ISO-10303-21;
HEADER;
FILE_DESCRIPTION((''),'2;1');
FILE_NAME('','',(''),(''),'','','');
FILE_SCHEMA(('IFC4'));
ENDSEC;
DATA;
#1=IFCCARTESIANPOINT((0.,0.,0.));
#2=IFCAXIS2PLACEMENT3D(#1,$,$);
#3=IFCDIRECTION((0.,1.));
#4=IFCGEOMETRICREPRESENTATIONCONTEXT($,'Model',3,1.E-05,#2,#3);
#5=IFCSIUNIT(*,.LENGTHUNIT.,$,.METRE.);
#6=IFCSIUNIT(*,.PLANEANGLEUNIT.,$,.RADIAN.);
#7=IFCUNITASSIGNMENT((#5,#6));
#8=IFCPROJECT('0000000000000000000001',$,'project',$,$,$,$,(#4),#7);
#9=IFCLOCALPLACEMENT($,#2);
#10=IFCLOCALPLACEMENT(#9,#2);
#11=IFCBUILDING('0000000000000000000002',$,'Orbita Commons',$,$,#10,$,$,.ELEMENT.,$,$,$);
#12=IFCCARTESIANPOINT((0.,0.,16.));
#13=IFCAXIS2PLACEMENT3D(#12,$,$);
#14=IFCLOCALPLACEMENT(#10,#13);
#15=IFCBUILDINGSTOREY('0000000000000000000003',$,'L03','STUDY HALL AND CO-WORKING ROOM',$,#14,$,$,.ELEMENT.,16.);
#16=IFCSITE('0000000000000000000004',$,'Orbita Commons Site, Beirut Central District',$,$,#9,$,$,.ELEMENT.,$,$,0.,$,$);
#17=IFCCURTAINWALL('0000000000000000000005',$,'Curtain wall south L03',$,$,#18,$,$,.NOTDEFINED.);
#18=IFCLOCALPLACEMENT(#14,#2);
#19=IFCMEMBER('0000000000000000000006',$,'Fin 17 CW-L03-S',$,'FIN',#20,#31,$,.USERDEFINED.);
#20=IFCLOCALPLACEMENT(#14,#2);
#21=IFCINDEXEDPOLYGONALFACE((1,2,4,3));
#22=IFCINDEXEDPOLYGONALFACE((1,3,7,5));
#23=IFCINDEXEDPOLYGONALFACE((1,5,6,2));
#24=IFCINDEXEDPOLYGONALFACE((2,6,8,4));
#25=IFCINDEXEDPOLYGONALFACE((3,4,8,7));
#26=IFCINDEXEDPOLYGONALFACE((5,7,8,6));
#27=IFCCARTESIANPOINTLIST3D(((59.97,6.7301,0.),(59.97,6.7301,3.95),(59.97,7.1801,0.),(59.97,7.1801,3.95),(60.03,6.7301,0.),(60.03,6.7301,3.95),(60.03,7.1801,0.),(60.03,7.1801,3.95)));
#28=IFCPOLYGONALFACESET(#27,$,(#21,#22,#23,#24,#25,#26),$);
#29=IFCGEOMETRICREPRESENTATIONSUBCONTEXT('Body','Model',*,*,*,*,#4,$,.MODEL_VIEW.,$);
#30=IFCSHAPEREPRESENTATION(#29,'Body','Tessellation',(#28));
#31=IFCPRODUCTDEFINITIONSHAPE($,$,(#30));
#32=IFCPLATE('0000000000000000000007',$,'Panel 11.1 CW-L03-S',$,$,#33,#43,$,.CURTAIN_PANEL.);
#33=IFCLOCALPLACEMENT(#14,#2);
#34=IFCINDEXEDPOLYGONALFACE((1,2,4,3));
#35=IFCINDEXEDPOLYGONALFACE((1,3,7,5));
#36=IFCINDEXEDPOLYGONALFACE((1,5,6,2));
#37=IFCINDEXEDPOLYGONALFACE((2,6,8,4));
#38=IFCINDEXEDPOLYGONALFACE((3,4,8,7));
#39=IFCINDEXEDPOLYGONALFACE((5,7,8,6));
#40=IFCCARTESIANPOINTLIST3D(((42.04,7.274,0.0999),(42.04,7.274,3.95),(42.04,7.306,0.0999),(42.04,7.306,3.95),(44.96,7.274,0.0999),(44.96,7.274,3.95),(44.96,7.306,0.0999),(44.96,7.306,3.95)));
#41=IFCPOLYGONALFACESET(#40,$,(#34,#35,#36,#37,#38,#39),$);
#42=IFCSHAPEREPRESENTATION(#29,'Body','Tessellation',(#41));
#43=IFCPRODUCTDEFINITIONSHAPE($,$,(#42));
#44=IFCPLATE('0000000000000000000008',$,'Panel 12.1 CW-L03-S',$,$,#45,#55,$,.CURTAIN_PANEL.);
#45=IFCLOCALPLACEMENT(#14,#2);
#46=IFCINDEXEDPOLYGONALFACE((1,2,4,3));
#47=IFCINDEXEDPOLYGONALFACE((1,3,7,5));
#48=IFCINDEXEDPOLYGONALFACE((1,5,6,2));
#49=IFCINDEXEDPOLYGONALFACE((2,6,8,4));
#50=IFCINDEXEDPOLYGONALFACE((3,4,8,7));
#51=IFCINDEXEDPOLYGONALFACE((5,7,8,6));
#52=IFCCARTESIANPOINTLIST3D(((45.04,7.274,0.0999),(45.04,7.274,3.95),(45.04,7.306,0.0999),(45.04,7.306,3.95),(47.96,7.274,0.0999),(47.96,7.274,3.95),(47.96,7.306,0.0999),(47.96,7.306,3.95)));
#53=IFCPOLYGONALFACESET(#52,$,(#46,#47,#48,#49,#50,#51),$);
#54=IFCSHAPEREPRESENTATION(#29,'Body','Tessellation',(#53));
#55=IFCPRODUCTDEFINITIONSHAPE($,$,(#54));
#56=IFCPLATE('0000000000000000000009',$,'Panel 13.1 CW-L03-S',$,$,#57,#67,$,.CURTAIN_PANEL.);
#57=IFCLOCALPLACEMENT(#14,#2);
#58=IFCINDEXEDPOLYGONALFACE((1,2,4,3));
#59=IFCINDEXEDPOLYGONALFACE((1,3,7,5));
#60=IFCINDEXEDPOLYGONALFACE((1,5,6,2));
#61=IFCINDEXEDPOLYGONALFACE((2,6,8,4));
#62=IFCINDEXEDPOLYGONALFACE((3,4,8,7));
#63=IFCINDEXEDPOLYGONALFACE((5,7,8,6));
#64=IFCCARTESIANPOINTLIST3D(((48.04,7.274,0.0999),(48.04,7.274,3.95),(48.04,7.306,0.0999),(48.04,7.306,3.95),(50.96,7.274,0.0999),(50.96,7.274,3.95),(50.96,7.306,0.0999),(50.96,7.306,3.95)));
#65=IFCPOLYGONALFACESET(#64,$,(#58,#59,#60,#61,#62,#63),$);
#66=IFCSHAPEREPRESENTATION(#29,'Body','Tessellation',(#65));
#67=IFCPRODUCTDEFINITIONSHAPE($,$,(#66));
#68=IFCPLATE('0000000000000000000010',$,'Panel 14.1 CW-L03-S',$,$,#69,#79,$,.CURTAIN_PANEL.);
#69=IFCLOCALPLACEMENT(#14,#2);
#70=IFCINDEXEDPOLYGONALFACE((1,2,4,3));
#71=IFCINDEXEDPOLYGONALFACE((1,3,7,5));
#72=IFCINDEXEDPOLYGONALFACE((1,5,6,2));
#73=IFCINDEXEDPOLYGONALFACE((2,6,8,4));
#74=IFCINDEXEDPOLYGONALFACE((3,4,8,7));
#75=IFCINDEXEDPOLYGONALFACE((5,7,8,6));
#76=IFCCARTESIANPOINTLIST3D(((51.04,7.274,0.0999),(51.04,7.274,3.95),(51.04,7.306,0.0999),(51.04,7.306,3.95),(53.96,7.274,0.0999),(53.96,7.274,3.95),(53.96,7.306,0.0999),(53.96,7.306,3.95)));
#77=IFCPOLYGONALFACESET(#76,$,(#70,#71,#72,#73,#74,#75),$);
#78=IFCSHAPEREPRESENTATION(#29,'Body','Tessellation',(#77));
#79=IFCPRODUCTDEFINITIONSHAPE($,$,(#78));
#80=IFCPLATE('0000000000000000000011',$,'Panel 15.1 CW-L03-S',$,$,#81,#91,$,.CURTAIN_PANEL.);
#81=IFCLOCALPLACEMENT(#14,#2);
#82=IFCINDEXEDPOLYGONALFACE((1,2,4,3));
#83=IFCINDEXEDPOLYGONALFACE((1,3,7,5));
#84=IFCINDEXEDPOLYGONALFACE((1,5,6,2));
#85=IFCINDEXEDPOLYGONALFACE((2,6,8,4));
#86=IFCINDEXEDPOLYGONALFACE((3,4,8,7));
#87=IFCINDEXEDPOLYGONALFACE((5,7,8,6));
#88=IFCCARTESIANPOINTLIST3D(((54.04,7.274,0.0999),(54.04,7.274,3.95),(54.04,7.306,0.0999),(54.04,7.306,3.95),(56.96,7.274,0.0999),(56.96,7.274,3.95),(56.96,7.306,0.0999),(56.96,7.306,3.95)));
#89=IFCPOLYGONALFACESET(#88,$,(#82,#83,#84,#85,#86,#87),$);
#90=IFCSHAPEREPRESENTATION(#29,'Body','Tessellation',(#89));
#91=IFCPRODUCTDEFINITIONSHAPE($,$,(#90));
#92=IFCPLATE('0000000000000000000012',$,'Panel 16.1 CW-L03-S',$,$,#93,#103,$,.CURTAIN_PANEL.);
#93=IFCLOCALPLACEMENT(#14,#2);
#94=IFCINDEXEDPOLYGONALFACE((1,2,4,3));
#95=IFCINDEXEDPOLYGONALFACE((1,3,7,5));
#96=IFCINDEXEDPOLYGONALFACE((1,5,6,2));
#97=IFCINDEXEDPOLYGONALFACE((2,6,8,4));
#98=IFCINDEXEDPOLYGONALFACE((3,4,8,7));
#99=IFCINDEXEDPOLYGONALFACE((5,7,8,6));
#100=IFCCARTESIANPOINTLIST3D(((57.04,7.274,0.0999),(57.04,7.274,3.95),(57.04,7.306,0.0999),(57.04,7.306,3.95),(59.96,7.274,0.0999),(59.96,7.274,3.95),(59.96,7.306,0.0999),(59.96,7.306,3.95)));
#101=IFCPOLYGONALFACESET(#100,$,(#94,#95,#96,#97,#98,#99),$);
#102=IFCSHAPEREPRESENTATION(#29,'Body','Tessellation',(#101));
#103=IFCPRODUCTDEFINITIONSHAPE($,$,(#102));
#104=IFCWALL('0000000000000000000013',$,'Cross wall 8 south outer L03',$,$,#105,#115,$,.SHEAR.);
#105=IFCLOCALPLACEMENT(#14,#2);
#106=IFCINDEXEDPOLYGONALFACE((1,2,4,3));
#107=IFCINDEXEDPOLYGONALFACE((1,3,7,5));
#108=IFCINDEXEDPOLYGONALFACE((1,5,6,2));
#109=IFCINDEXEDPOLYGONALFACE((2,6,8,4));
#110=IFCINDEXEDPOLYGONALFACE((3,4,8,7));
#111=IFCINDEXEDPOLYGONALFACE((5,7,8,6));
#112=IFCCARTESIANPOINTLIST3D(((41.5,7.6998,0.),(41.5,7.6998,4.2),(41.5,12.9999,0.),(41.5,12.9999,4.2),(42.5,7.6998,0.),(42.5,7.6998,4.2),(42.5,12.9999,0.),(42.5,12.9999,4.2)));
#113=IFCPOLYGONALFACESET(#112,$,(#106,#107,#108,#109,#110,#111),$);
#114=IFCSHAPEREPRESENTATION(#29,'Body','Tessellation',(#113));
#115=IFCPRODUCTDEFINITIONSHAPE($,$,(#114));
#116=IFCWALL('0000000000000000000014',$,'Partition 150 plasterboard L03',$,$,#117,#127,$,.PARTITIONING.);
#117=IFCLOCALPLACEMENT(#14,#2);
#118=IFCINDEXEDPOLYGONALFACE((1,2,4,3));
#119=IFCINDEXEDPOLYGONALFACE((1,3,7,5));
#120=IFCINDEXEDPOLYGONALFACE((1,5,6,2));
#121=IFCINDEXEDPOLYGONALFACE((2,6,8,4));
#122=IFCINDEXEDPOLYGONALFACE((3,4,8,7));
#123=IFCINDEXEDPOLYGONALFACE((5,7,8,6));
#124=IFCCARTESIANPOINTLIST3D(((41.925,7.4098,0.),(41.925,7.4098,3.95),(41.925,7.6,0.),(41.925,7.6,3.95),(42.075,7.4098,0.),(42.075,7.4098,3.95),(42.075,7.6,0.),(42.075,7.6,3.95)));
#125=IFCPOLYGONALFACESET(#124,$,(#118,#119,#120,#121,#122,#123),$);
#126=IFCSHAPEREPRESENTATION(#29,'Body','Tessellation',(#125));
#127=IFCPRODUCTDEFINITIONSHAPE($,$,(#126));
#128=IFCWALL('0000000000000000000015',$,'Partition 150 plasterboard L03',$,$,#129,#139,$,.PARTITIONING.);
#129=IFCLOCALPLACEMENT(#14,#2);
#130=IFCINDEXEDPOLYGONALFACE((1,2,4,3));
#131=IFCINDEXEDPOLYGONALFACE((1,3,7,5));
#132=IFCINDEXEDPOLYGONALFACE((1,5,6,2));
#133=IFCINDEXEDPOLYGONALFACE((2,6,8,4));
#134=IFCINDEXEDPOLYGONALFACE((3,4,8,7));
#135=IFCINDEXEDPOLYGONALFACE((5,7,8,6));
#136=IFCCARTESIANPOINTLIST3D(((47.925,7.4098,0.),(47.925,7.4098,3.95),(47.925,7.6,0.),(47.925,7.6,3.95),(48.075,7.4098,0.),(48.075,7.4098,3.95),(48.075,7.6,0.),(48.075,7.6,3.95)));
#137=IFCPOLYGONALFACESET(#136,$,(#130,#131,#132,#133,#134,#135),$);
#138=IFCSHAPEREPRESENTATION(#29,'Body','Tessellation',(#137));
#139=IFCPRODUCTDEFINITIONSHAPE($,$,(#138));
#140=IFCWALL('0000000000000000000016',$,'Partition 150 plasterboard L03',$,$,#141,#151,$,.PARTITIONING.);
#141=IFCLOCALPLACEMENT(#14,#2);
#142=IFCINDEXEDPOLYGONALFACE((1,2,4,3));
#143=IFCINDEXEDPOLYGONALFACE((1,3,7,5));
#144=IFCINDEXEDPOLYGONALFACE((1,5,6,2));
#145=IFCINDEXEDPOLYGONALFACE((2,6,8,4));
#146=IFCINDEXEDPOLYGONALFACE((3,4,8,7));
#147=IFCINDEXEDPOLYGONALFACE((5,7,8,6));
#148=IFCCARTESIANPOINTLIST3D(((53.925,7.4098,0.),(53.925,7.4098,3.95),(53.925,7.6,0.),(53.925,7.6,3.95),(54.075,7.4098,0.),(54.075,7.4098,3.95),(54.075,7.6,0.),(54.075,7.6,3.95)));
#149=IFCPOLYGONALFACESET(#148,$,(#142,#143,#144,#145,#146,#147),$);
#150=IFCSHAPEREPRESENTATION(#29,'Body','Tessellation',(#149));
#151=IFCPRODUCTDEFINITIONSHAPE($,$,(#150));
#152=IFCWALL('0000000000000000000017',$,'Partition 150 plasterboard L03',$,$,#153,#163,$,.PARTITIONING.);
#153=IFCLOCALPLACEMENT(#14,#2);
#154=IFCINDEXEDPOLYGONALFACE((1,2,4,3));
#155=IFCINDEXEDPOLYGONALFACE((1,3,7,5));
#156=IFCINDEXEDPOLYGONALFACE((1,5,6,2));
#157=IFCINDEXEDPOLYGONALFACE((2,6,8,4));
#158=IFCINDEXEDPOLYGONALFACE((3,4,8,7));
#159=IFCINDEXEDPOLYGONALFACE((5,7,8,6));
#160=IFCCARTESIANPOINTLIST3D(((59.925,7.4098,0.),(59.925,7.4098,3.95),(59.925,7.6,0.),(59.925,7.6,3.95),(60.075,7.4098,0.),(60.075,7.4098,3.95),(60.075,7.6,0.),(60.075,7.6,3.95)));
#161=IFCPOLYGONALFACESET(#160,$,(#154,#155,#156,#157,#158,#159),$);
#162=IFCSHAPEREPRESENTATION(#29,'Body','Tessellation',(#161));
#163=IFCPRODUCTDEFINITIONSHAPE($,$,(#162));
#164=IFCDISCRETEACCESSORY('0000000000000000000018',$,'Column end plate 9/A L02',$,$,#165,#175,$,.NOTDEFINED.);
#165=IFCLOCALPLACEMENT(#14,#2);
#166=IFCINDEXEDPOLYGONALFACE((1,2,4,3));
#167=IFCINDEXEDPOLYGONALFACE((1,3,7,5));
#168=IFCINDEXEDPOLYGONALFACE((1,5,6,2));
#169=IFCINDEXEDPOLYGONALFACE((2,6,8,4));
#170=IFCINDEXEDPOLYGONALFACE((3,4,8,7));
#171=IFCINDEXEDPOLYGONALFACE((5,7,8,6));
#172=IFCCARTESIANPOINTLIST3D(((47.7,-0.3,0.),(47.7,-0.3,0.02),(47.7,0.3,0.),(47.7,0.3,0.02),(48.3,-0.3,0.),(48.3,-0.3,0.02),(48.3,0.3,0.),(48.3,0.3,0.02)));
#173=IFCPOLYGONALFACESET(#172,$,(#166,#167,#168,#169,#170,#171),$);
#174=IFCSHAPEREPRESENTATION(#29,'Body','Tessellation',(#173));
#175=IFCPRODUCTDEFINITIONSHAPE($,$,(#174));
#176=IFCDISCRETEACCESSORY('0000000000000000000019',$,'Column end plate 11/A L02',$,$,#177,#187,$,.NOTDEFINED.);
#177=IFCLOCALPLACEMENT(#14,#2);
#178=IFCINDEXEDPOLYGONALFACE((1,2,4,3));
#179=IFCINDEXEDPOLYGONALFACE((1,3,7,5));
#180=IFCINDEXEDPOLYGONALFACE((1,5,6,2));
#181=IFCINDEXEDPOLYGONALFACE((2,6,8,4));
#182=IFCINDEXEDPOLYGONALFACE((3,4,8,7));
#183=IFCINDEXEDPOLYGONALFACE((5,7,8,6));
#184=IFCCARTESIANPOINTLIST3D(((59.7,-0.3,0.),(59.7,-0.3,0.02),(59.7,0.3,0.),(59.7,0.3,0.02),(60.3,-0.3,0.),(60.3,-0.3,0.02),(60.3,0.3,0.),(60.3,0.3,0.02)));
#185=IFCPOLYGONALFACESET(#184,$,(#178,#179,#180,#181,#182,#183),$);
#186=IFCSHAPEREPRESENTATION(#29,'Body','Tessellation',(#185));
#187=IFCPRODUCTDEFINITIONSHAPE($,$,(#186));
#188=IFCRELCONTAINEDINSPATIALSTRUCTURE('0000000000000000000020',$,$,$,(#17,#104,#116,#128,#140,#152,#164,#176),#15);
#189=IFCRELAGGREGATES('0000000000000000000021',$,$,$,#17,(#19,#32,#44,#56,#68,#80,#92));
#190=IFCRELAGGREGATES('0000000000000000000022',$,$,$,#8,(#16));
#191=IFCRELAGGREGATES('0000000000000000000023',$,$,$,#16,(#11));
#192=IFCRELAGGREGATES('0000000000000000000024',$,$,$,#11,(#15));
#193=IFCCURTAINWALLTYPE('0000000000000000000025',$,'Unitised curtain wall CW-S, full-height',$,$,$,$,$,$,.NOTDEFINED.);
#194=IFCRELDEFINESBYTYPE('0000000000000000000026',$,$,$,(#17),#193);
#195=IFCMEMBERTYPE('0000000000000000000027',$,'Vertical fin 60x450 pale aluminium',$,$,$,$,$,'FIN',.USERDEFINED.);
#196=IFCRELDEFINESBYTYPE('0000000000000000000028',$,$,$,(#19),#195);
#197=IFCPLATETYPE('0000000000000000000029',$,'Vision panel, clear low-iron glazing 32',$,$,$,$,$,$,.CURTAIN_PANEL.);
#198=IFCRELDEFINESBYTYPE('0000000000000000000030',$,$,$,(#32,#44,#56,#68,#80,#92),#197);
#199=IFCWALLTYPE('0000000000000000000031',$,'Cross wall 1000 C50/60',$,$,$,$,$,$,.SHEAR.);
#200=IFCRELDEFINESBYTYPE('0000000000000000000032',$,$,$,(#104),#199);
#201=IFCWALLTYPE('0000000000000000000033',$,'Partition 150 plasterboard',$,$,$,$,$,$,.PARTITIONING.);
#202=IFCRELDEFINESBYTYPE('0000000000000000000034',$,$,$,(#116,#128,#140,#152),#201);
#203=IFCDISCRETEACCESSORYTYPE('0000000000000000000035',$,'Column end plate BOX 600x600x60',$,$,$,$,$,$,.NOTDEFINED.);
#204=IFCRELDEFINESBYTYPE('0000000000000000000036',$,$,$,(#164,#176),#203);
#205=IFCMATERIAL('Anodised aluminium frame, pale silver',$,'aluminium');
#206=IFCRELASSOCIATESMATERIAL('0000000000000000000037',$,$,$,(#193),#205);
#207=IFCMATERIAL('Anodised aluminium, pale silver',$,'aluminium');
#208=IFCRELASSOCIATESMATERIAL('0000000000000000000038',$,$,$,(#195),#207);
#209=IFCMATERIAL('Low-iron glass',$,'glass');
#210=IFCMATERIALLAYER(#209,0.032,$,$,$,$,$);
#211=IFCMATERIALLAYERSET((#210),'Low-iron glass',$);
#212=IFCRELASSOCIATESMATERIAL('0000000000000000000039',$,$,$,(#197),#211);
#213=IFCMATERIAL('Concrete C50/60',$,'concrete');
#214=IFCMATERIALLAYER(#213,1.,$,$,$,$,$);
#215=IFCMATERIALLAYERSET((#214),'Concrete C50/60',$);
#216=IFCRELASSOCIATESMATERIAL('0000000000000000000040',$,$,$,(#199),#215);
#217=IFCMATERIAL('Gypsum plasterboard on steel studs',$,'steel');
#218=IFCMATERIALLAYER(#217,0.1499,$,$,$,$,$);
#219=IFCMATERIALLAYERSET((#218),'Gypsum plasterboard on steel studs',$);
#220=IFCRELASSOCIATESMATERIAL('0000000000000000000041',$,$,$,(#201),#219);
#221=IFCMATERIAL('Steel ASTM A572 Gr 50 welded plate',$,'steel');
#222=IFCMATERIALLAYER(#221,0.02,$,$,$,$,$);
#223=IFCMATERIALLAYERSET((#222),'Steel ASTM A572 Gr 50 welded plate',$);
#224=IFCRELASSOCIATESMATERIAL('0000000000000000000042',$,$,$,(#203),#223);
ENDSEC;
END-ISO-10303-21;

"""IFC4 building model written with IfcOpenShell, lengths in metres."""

from ifc_helpers import new_model, si_unit, direction, frame, frame_2d, origin, origin_2d, place, context, subcontext, project, spatial, rectangle, extrude, material, layer, layer_set, material_profile, profile_set, type_object, element, aggregate, save


model = new_model("IFC4")

# Units and contexts
model_context = context("Model", 3, precision=1e-05, world=origin(), true_north=direction((0.0, 1.0)))
body_context = subcontext(model_context, "Body", "Model", "MODEL_VIEW")
ifc_project = project(units=[si_unit("LENGTHUNIT", "METRE"), si_unit("PLANEANGLEUNIT", "RADIAN")], contexts=[model_context])

# Site, building, storey
site_placement = place(None, origin())
site = spatial("IfcSite", under=ifc_project, at=site_placement, Name="Orbita Commons Site, Beirut Central District", CompositionType="ELEMENT", RefElevation=0.0)
building_placement = place(site_placement, origin())
building = spatial("IfcBuilding", under=site, at=building_placement, Name="Orbita Commons", CompositionType="ELEMENT")
storey_placement = place(building_placement, frame((0.0, 0.0, 16.0)))
storey = spatial("IfcBuildingStorey", under=building, at=storey_placement, Name="L03", Description="STUDY HALL AND CO-WORKING ROOM", CompositionType="ELEMENT", Elevation=16.0)

# Curtain wall, member, plates
ifc_material_1 = material(Name="Anodised aluminium frame, pale silver", Category="aluminium")
curtain_wall_type = type_object("IfcCurtainWallType", Name="Unitised curtain wall CW-S, full-height", PredefinedType="NOTDEFINED", material=ifc_material_1)
curtain_wall_placement = place(storey_placement, origin())
curtain_wall = element("IfcCurtainWall", 1, at=curtain_wall_placement, inside=storey, type_object=curtain_wall_type, Name="Curtain wall south L03", PredefinedType="NOTDEFINED")
ifc_material_2 = material(Name="Anodised aluminium, pale silver", Category="aluminium")
ifc_material_profile_1 = material_profile(ifc_material_2, rectangle(XDim=0.0601, YDim=0.45, at=origin_2d()), Name="FIN 60x450")
ifc_profile_set_1 = profile_set([ifc_material_profile_1], Name="Anodised aluminium, pale silver")
member_type_1 = type_object("IfcMemberType", Name="Vertical fin 60x450 pale aluminium", ElementType="FIN", PredefinedType="USERDEFINED", material=ifc_profile_set_1)
member_1_placement = place(storey_placement, frame((60.0, 6.9551, 0.0), z_axis=(0.0, 0.0, 1.0), x_axis=(1.0, 0.0, 0.0)))
member_1 = element("IfcMember", 2, at=member_1_placement, type_object=member_type_1, Name="Fin 17 CW-L03-S", ObjectType="FIN", PredefinedType="USERDEFINED", context=body_context, shape_type="SweptSolid", body=[
    extrude(rectangle(XDim=0.0601, YDim=0.45, at=origin_2d()), origin(), (0.0, 0.0, 1.0), 3.95),
])
ifc_material_3 = material(Name="Low-iron glass", Category="glass")
ifc_layer_1 = layer(ifc_material_3, 0.032)
ifc_layer_set_1 = layer_set([ifc_layer_1], Name="Low-iron glass")
plate_type = type_object("IfcPlateType", Name="Vision panel, clear low-iron glazing 32", PredefinedType="CURTAIN_PANEL", material=ifc_layer_set_1)
plate_1_placement = place(storey_placement, frame((43.5, 7.29, 0.0999), z_axis=(0.0, 0.0, 1.0), x_axis=(1.0, 0.0, 0.0)))
plate_1 = element("IfcPlate", 3, at=plate_1_placement, type_object=plate_type, Name="Panel 11.1 CW-L03-S", PredefinedType="CURTAIN_PANEL", context=body_context, shape_type="SweptSolid", body=[
    extrude(rectangle(XDim=2.9199, YDim=0.032, at=origin_2d()), origin(), (0.0, 0.0, 1.0), 3.8501),
])
plate_2_placement = place(storey_placement, frame((46.5, 7.29, 0.0999), z_axis=(0.0, 0.0, 1.0), x_axis=(1.0, 0.0, 0.0)))
plate_2 = element("IfcPlate", 4, at=plate_2_placement, type_object=plate_type, Name="Panel 12.1 CW-L03-S", PredefinedType="CURTAIN_PANEL", context=body_context, shape_type="SweptSolid", body=[
    extrude(rectangle(XDim=2.9199, YDim=0.032, at=origin_2d()), origin(), (0.0, 0.0, 1.0), 3.8501),
])
plate_3_placement = place(storey_placement, frame((49.5, 7.29, 0.0999), z_axis=(0.0, 0.0, 1.0), x_axis=(1.0, 0.0, 0.0)))
plate_3 = element("IfcPlate", 5, at=plate_3_placement, type_object=plate_type, Name="Panel 13.1 CW-L03-S", PredefinedType="CURTAIN_PANEL", context=body_context, shape_type="SweptSolid", body=[
    extrude(rectangle(XDim=2.9199, YDim=0.032, at=origin_2d()), origin(), (0.0, 0.0, 1.0), 3.8501),
])
plate_4_placement = place(storey_placement, frame((52.5, 7.29, 0.0999), z_axis=(0.0, 0.0, 1.0), x_axis=(1.0, 0.0, 0.0)))
plate_4 = element("IfcPlate", 6, at=plate_4_placement, type_object=plate_type, Name="Panel 14.1 CW-L03-S", PredefinedType="CURTAIN_PANEL", context=body_context, shape_type="SweptSolid", body=[
    extrude(rectangle(XDim=2.9199, YDim=0.032, at=origin_2d()), origin(), (0.0, 0.0, 1.0), 3.8501),
])
plate_5_placement = place(storey_placement, frame((55.5, 7.29, 0.0999), z_axis=(0.0, 0.0, 1.0), x_axis=(1.0, 0.0, 0.0)))
plate_5 = element("IfcPlate", 7, at=plate_5_placement, type_object=plate_type, Name="Panel 15.1 CW-L03-S", PredefinedType="CURTAIN_PANEL", context=body_context, shape_type="SweptSolid", body=[
    extrude(rectangle(XDim=2.9199, YDim=0.032, at=origin_2d()), origin(), (0.0, 0.0, 1.0), 3.8501),
])
plate_6_placement = place(storey_placement, frame((58.5, 7.29, 0.0999), z_axis=(0.0, 0.0, 1.0), x_axis=(1.0, 0.0, 0.0)))
plate_6 = element("IfcPlate", 8, at=plate_6_placement, type_object=plate_type, Name="Panel 16.1 CW-L03-S", PredefinedType="CURTAIN_PANEL", context=body_context, shape_type="SweptSolid", body=[
    extrude(rectangle(XDim=2.9199, YDim=0.032, at=origin_2d()), origin(), (0.0, 0.0, 1.0), 3.8501),
])
aggregate(curtain_wall, [member_1, plate_1, plate_2, plate_3, plate_4, plate_5, plate_6])

# Walls
ifc_material_4 = material(Name="Concrete C50/60", Category="concrete")
ifc_layer_2 = layer(ifc_material_4, 1.0)
ifc_layer_set_2 = layer_set([ifc_layer_2], Name="Concrete C50/60")
wall_type_1 = type_object("IfcWallType", Name="Cross wall 1000 C50/60", PredefinedType="SHEAR", material=ifc_layer_set_2)
wall_placement = place(storey_placement, frame((42.0, 7.7, 0.0), z_axis=(0.0, 0.0, 1.0), x_axis=(0.0, 1.0, 0.0)))
element("IfcWall", 9, at=wall_placement, inside=storey, type_object=wall_type_1, Name="Cross wall 8 south outer L03", PredefinedType="SHEAR", context=body_context, shape_type="SweptSolid", body=[
    extrude(rectangle(XDim=5.3, YDim=1.0, at=frame_2d((2.6499, 0.0))), origin(), (0.0, 0.0, 1.0), 4.2),
])
ifc_material_5 = material(Name="Gypsum plasterboard on steel studs", Category="steel")
ifc_layer_3 = layer(ifc_material_5, 0.1499)
ifc_layer_set_3 = layer_set([ifc_layer_3], Name="Gypsum plasterboard on steel studs")
wall_type_2 = type_object("IfcWallType", Name="Partition 150 plasterboard", PredefinedType="PARTITIONING", material=ifc_layer_set_3)
for number, where, z_axis, x_axis, name in (
    (10, (42.0, 7.6001, 0.0), (0.0, 0.0, 1.0), (0.0, -1.0, 0.0), "Partition 150 plasterboard L03"),
    (11, (48.0, 7.6001, 0.0), (0.0, 0.0, 1.0), (0.0, -1.0, 0.0), "Partition 150 plasterboard L03"),
    (12, (54.0, 7.6001, 0.0), (0.0, 0.0, 1.0), (0.0, -1.0, 0.0), "Partition 150 plasterboard L03"),
    (13, (60.0, 7.6001, 0.0), (0.0, 0.0, 1.0), (0.0, -1.0, 0.0), "Partition 150 plasterboard L03"),
):
    element("IfcWall", number, at=place(storey_placement, frame(where, z_axis=z_axis, x_axis=x_axis)), inside=storey, type_object=wall_type_2, Name=name, PredefinedType="PARTITIONING", context=body_context, shape_type="SweptSolid", body=[
        extrude(rectangle(XDim=0.1902, YDim=0.1499, at=frame_2d((0.0952, 0.0))), origin(), (0.0, 0.0, 1.0), 3.95),
    ])

# Discrete accessories
ifc_material_6 = material(Name="Steel ASTM A572 Gr 50 welded plate", Category="steel")
ifc_layer_4 = layer(ifc_material_6, 0.02)
ifc_layer_set_4 = layer_set([ifc_layer_4], Name="Steel ASTM A572 Gr 50 welded plate")
discrete_accessory_type = type_object("IfcDiscreteAccessoryType", Name="Column end plate BOX 600x600x60", PredefinedType="NOTDEFINED", material=ifc_layer_set_4)
for number, where, z_axis, x_axis, name in (
    (14, (48.0, 0.0, 0.0), (0.0, 0.0, 1.0), (1.0, 0.0, 0.0), "Column end plate 9/A L02"),
    (15, (60.0, 0.0, 0.0), (0.0, 0.0, 1.0), (1.0, 0.0, 0.0), "Column end plate 11/A L02"),
):
    element("IfcDiscreteAccessory", number, at=place(storey_placement, frame(where, z_axis=z_axis, x_axis=x_axis)), inside=storey, type_object=discrete_accessory_type, Name=name, PredefinedType="NOTDEFINED", context=body_context, shape_type="SweptSolid", body=[
        extrude(rectangle(XDim=0.6001, YDim=0.6001, at=origin_2d()), origin(), (0.0, 0.0, 1.0), 0.02),
    ])

save(model, "model.ifc")
